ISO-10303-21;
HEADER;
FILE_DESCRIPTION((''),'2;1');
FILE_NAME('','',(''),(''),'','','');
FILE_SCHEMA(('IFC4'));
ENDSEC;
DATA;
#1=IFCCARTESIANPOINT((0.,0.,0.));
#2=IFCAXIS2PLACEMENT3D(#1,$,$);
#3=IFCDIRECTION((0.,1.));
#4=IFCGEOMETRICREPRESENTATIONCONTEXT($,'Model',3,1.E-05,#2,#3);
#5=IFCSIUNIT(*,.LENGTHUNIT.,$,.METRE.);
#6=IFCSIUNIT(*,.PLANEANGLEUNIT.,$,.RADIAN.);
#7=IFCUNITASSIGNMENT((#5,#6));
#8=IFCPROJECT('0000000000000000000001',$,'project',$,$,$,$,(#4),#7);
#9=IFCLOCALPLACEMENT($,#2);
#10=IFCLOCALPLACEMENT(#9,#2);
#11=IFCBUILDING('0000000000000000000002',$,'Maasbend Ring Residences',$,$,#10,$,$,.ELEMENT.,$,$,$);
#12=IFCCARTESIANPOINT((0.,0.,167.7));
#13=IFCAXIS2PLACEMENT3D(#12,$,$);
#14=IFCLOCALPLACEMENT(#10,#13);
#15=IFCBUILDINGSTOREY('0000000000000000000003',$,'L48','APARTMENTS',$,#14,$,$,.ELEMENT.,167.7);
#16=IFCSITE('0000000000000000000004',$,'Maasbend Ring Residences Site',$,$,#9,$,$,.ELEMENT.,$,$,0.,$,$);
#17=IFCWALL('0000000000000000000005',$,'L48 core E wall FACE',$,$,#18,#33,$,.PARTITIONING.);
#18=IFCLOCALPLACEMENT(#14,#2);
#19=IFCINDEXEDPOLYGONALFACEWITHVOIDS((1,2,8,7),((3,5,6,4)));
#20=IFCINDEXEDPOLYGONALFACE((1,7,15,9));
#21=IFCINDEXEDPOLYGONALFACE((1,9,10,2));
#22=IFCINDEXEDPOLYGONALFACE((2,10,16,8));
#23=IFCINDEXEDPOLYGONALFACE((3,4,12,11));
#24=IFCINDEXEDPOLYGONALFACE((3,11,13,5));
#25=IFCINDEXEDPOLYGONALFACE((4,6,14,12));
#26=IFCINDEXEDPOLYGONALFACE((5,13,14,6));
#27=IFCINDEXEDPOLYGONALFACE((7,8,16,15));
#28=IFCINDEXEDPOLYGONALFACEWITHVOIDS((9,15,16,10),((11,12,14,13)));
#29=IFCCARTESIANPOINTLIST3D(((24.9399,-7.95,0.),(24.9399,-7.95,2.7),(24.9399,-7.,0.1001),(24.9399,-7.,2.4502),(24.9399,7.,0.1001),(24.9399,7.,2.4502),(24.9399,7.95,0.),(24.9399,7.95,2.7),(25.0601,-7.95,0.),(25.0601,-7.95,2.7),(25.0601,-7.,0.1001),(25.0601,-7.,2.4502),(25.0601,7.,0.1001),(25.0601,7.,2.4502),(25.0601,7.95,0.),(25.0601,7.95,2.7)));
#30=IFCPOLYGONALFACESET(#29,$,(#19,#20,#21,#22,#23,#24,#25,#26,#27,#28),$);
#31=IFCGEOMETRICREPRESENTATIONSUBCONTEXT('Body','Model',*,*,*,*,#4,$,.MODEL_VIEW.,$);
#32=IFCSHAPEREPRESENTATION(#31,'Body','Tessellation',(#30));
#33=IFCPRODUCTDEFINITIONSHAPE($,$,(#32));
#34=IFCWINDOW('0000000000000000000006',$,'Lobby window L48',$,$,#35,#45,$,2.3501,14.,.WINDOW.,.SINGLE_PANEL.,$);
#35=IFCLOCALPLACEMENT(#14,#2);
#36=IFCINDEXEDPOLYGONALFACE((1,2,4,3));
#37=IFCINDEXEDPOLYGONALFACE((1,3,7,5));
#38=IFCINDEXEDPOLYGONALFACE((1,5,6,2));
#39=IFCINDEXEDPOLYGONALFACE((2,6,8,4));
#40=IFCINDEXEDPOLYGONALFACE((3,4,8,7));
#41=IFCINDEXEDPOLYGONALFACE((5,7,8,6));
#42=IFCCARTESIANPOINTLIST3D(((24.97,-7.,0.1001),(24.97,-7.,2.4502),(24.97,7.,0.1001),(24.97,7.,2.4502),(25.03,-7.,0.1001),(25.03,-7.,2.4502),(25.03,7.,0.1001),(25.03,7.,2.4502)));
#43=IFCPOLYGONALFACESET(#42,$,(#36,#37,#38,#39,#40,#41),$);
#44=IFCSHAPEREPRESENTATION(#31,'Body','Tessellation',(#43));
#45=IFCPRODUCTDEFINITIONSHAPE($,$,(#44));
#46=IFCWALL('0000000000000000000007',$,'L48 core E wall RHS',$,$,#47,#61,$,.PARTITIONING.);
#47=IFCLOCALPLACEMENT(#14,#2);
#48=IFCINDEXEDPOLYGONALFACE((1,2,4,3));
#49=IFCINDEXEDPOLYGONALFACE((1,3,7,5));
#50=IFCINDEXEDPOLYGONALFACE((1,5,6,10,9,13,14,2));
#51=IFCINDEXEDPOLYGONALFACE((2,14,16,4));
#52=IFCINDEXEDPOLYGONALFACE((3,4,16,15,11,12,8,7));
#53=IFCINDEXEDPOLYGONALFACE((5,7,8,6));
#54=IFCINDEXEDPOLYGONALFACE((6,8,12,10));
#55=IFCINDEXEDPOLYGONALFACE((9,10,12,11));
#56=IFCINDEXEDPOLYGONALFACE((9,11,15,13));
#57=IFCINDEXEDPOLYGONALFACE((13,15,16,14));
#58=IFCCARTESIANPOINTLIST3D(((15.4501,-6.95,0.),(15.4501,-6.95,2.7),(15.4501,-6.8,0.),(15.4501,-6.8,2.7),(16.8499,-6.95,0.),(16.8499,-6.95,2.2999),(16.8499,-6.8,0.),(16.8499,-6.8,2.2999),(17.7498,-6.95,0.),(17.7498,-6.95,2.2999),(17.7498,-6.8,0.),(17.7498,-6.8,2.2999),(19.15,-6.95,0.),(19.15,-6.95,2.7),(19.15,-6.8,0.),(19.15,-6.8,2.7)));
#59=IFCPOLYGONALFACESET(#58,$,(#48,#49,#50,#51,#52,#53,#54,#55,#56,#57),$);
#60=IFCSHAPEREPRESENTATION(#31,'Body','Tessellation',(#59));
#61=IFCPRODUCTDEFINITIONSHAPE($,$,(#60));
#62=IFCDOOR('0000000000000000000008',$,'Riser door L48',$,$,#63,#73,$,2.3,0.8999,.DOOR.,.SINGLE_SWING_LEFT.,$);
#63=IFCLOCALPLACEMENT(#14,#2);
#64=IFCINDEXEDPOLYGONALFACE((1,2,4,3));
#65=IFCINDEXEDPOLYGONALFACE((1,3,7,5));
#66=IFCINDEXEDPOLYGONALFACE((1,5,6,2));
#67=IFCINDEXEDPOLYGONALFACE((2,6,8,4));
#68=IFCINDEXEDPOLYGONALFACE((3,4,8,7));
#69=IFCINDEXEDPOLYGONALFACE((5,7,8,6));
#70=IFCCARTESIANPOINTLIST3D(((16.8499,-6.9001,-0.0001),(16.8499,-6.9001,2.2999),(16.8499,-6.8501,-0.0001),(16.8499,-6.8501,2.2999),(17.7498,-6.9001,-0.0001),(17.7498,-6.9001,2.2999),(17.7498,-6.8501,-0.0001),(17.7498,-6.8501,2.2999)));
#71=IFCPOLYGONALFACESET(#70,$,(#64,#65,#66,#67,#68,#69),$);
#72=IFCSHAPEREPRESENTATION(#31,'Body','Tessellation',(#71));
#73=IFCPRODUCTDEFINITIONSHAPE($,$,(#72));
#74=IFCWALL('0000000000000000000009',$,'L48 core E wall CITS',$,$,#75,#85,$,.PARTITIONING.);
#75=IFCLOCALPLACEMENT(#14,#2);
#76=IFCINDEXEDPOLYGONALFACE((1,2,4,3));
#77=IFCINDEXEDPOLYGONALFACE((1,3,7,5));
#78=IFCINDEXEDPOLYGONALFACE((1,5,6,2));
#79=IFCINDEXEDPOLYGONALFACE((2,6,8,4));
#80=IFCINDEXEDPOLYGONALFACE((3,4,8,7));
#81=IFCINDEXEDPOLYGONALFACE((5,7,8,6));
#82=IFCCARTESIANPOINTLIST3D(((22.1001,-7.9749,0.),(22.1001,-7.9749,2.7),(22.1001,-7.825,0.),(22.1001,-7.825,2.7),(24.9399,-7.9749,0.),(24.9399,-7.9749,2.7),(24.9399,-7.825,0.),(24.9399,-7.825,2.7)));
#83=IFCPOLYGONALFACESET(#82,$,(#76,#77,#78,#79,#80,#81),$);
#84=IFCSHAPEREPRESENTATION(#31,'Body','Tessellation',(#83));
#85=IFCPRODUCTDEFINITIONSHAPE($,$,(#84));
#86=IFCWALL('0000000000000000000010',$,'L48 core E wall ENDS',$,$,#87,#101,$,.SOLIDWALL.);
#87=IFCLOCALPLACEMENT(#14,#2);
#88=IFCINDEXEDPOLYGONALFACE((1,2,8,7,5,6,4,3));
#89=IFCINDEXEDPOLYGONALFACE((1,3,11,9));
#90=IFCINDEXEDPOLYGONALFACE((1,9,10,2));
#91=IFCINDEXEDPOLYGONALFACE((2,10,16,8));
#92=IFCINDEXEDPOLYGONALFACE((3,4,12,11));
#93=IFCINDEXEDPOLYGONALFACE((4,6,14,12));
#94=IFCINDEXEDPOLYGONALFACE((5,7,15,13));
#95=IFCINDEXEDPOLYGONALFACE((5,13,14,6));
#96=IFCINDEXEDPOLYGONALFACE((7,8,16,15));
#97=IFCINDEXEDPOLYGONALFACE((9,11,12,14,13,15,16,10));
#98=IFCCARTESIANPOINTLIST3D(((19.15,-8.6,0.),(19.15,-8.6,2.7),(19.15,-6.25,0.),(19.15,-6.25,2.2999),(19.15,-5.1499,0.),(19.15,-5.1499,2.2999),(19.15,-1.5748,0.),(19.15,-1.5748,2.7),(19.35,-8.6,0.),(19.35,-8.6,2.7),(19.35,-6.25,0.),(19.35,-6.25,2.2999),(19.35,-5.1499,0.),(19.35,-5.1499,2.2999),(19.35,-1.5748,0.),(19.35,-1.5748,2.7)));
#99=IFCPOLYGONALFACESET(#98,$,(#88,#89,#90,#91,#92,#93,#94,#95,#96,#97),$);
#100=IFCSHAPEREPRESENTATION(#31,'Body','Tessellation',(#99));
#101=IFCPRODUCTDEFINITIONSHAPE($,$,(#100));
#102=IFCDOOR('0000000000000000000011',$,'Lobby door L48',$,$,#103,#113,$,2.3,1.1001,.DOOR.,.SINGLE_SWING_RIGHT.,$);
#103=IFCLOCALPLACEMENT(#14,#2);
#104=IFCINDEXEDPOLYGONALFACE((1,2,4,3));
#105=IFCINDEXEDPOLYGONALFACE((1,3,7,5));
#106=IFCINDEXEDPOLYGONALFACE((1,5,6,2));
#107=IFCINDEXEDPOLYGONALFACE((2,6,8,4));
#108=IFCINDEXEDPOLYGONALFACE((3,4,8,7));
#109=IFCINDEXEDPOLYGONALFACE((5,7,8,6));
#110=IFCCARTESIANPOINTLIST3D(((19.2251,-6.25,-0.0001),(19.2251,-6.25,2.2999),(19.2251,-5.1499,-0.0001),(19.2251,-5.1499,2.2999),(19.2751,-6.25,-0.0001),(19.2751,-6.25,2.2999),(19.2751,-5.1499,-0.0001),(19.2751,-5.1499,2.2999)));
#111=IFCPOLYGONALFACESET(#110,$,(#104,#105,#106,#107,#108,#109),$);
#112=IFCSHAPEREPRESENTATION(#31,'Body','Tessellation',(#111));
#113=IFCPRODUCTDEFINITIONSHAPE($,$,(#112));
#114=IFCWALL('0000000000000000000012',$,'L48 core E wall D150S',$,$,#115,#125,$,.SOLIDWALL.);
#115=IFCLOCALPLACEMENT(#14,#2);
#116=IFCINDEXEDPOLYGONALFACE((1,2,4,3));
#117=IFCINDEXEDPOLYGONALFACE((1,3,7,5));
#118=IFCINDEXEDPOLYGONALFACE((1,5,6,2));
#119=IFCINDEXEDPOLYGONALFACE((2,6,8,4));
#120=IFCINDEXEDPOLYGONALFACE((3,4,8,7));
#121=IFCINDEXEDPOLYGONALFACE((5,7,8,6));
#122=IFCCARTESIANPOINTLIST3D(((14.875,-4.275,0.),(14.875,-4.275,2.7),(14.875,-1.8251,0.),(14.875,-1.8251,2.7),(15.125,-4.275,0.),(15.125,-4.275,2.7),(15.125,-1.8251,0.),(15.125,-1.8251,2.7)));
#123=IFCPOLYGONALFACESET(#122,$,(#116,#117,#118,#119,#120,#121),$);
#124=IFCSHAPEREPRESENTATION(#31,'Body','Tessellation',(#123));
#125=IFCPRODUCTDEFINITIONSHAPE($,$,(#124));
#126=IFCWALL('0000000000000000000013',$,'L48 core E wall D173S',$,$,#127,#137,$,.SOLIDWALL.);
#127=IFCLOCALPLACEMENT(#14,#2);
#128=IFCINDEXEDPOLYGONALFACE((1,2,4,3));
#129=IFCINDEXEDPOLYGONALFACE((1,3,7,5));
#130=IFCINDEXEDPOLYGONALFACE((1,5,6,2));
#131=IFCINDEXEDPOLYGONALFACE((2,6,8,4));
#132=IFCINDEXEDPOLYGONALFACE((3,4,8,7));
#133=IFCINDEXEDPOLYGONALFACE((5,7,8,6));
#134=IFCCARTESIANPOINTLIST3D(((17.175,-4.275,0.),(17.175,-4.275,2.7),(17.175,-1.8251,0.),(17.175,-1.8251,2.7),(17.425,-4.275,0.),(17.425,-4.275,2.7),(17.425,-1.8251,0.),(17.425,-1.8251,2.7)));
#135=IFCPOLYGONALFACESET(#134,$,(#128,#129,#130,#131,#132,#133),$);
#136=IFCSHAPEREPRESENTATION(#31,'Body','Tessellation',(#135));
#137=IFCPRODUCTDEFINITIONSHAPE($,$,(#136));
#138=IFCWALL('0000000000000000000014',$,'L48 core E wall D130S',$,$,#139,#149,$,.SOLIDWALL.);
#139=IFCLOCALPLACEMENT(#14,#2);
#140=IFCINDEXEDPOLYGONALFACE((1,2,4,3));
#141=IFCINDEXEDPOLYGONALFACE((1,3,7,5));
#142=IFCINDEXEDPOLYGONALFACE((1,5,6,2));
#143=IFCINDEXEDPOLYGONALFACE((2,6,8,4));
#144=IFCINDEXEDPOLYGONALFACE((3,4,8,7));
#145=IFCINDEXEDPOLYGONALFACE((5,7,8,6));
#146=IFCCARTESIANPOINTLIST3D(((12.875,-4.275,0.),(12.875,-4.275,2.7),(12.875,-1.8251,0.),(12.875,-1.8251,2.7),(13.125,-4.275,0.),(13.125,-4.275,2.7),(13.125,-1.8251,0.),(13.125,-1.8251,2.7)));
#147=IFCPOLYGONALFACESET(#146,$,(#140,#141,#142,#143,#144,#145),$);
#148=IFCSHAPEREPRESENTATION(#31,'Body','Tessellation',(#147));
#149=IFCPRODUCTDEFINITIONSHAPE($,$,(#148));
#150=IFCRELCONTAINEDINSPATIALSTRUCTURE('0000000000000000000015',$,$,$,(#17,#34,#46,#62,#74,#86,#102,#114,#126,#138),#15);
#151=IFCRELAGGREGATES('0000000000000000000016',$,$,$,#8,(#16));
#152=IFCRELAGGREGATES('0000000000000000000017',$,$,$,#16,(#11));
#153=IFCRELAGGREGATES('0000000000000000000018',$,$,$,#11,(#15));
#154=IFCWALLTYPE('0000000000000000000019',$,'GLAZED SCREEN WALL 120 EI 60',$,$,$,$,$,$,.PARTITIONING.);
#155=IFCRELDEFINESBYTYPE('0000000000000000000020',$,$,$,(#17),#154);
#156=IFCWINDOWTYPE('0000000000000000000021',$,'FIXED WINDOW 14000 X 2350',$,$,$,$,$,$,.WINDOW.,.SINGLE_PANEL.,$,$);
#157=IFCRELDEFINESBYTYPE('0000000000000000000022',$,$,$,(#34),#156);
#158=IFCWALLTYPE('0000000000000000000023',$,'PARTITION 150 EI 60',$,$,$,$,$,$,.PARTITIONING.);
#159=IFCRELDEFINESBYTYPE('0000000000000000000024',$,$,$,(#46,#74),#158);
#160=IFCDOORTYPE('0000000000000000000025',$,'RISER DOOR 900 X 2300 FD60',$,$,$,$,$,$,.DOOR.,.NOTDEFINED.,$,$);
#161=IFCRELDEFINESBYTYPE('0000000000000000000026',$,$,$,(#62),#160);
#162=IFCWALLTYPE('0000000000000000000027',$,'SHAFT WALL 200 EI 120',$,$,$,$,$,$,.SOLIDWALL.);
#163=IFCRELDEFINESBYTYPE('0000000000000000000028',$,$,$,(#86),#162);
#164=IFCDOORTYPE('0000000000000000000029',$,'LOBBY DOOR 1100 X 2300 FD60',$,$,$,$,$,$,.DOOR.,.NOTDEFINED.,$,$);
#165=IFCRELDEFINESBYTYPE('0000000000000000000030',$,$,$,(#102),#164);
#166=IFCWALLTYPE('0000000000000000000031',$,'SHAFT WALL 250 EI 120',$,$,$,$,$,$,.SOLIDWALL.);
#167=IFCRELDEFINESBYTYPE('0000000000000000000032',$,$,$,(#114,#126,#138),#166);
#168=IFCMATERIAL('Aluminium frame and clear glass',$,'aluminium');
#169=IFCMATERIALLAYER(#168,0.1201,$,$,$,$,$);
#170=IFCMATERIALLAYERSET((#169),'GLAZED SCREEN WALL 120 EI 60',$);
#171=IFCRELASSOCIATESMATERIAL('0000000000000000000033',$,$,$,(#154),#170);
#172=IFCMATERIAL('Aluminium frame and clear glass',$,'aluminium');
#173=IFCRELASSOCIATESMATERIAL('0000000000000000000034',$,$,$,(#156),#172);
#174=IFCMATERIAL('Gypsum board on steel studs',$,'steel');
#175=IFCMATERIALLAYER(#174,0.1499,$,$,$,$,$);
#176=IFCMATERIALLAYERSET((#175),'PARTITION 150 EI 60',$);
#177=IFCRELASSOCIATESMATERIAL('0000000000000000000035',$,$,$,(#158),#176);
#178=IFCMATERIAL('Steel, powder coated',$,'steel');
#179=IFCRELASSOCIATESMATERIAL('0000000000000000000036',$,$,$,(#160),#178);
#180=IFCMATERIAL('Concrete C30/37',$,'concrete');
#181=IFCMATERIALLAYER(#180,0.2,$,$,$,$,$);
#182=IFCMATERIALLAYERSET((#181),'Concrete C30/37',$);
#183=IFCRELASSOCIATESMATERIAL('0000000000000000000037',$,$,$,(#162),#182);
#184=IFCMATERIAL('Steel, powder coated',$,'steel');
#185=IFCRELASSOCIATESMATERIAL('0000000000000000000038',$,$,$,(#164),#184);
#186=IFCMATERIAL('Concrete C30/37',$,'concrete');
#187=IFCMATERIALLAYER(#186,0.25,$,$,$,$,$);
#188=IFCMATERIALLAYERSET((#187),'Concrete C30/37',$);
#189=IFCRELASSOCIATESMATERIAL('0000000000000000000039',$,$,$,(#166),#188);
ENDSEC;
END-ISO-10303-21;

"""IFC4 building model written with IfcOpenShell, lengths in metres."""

from ifc_helpers import new_model, si_unit, direction, frame, frame_2d, origin, place, context, subcontext, project, spatial, rectangle, extrude, material, layer, layer_set, type_object, element, fill, save


model = new_model("IFC4")

# Units and contexts
model_context = context("Model", 3, precision=1e-05, world=origin(), true_north=direction((0.0, 1.0)))
body_context = subcontext(model_context, "Body", "Model", "MODEL_VIEW")
ifc_project = project(units=[si_unit("LENGTHUNIT", "METRE"), si_unit("PLANEANGLEUNIT", "RADIAN")], contexts=[model_context])

# Site, building, storey
site_placement = place(None, origin())
site = spatial("IfcSite", under=ifc_project, at=site_placement, Name="Maasbend Ring Residences Site", CompositionType="ELEMENT", RefElevation=0.0)
building_placement = place(site_placement, origin())
building = spatial("IfcBuilding", under=site, at=building_placement, Name="Maasbend Ring Residences", CompositionType="ELEMENT")
storey_placement = place(building_placement, frame((0.0, 0.0, 167.7)))
storey = spatial("IfcBuildingStorey", under=building, at=storey_placement, Name="L48", Description="APARTMENTS", CompositionType="ELEMENT", Elevation=167.7)

# Wall, opening, window
ifc_material_1 = material(Name="Aluminium frame and clear glass", Category="aluminium")
ifc_layer_1 = layer(ifc_material_1, 0.1201)
ifc_layer_set_1 = layer_set([ifc_layer_1], Name="GLAZED SCREEN WALL 120 EI 60")
wall_type_1 = type_object("IfcWallType", Name="GLAZED SCREEN WALL 120 EI 60", PredefinedType="PARTITIONING", material=ifc_layer_set_1)
wall_1_placement = place(storey_placement, frame((25.0, -7.95, 0.0), z_axis=(0.0, 0.0, 1.0), x_axis=(0.0, 1.0, 0.0)))
wall_1 = element("IfcWall", 1, at=wall_1_placement, inside=storey, type_object=wall_type_1, Name="L48 core E wall FACE", PredefinedType="PARTITIONING", context=body_context, shape_type="SweptSolid", body=[
    extrude(rectangle(XDim=15.8999, YDim=0.1201, at=frame_2d((7.95, 0.0))), origin(), (0.0, 0.0, 1.0), 2.7),
])
opening_1_placement = place(wall_1_placement, frame((0.95, 0.0, 0.1001)))
opening_1 = element("IfcOpeningElement", 2, at=opening_1_placement, cuts=wall_1, PredefinedType="OPENING", context=body_context, shape_type="SweptSolid", body=[
    extrude(rectangle(XDim=14.0, YDim=2.3501, at=frame_2d((7.0, 1.175))), frame((0.0, 0.0701, 0.0), z_axis=(0.0, -1.0, 0.0), x_axis=(1.0, 0.0, 0.0)), (0.0, 0.0, 1.0), 0.1401),
])
ifc_material_2 = material(Name="Aluminium frame and clear glass", Category="aluminium")
window_type = type_object("IfcWindowType", Name="FIXED WINDOW 14000 X 2350", PartitioningType="SINGLE_PANEL", PredefinedType="WINDOW", material=ifc_material_2)
window_placement = place(opening_1_placement, origin())
window = element("IfcWindow", 3, at=window_placement, inside=storey, type_object=window_type, Name="Lobby window L48", OverallHeight=2.3501, OverallWidth=14.0, PartitioningType="SINGLE_PANEL", PredefinedType="WINDOW", context=body_context, shape_type="SweptSolid", body=[
    extrude(rectangle(XDim=14.0, YDim=2.3501, at=frame_2d((7.0, 1.175))), frame((0.0, 0.03, 0.0), z_axis=(0.0, -1.0, 0.0), x_axis=(1.0, 0.0, 0.0)), (0.0, 0.0, 1.0), 0.0601),
])
fill(opening_1, window)

# Wall, opening, door
ifc_material_3 = material(Name="Gypsum board on steel studs", Category="steel")
ifc_layer_2 = layer(ifc_material_3, 0.1499)
ifc_layer_set_2 = layer_set([ifc_layer_2], Name="PARTITION 150 EI 60")
wall_type_2 = type_object("IfcWallType", Name="PARTITION 150 EI 60", PredefinedType="PARTITIONING", material=ifc_layer_set_2)
wall_2_placement = place(storey_placement, frame((15.45, -6.875, 0.0), z_axis=(0.0, 0.0, 1.0), x_axis=(1.0, 0.0, 0.0)))
wall_2 = element("IfcWall", 4, at=wall_2_placement, inside=storey, type_object=wall_type_2, Name="L48 core E wall RHS", PredefinedType="PARTITIONING", context=body_context, shape_type="SweptSolid", body=[
    extrude(rectangle(XDim=3.7, YDim=0.1499, at=frame_2d((1.8501, 0.0))), origin(), (0.0, 0.0, 1.0), 2.7),
])
opening_2_placement = place(wall_2_placement, frame((1.3999, 0.0, 0.0)))
opening_2 = element("IfcOpeningElement", 5, at=opening_2_placement, cuts=wall_2, PredefinedType="OPENING", context=body_context, shape_type="SweptSolid", body=[
    extrude(rectangle(XDim=0.8999, YDim=2.3, at=frame_2d((0.45, 1.1499))), frame((0.0, 0.085, 0.0), z_axis=(0.0, -1.0, 0.0), x_axis=(1.0, 0.0, 0.0)), (0.0, 0.0, 1.0), 0.1699),
])
ifc_material_4 = material(Name="Steel, powder coated", Category="steel")
door_type_1 = type_object("IfcDoorType", Name="RISER DOOR 900 X 2300 FD60", OperationType="NOTDEFINED", PredefinedType="DOOR", material=ifc_material_4)
door_1_placement = place(opening_2_placement, origin())
door_1 = element("IfcDoor", 6, at=door_1_placement, inside=storey, type_object=door_type_1, Name="Riser door L48", OperationType="SINGLE_SWING_LEFT", OverallHeight=2.3, OverallWidth=0.8999, PredefinedType="DOOR", context=body_context, shape_type="SweptSolid", body=[
    extrude(rectangle(XDim=0.8999, YDim=2.3, at=frame_2d((0.45, 1.1499))), frame((0.0, 0.0249, 0.0), z_axis=(0.0, -1.0, 0.0), x_axis=(1.0, 0.0, 0.0)), (0.0, 0.0, 1.0), 0.05),
])
fill(opening_2, door_1)

# Wall
wall_3_placement = place(storey_placement, frame((22.1001, -7.8999, 0.0), z_axis=(0.0, 0.0, 1.0), x_axis=(1.0, 0.0, 0.0)))
element("IfcWall", 7, at=wall_3_placement, inside=storey, type_object=wall_type_2, Name="L48 core E wall CITS", PredefinedType="PARTITIONING", context=body_context, shape_type="SweptSolid", body=[
    extrude(rectangle(XDim=2.8398, YDim=0.1499, at=frame_2d((1.4199, 0.0))), origin(), (0.0, 0.0, 1.0), 2.7),
])

# Wall, opening, door
ifc_material_5 = material(Name="Concrete C30/37", Category="concrete")
ifc_layer_3 = layer(ifc_material_5, 0.2)
ifc_layer_set_3 = layer_set([ifc_layer_3], Name="Concrete C30/37")
wall_type_3 = type_object("IfcWallType", Name="SHAFT WALL 200 EI 120", PredefinedType="SOLIDWALL", material=ifc_layer_set_3)
wall_4_placement = place(storey_placement, frame((19.25, -8.6001, 0.0), z_axis=(0.0, 0.0, 1.0), x_axis=(0.0, 1.0, 0.0)))
wall_4 = element("IfcWall", 8, at=wall_4_placement, inside=storey, type_object=wall_type_3, Name="L48 core E wall ENDS", PredefinedType="SOLIDWALL", context=body_context, shape_type="SweptSolid", body=[
    extrude(rectangle(XDim=7.0251, YDim=0.2, at=frame_2d((3.5127, 0.0))), origin(), (0.0, 0.0, 1.0), 2.7),
])
opening_3_placement = place(wall_4_placement, frame((2.3501, 0.0, 0.0)))
opening_3 = element("IfcOpeningElement", 9, at=opening_3_placement, cuts=wall_4, PredefinedType="OPENING", context=body_context, shape_type="SweptSolid", body=[
    extrude(rectangle(XDim=1.1001, YDim=2.3, at=frame_2d((0.55, 1.1499))), frame((0.0, 0.1099, 0.0), z_axis=(0.0, -1.0, 0.0), x_axis=(1.0, 0.0, 0.0)), (0.0, 0.0, 1.0), 0.22),
])
ifc_material_6 = material(Name="Steel, powder coated", Category="steel")
door_type_2 = type_object("IfcDoorType", Name="LOBBY DOOR 1100 X 2300 FD60", OperationType="NOTDEFINED", PredefinedType="DOOR", material=ifc_material_6)
door_2_placement = place(opening_3_placement, origin())
door_2 = element("IfcDoor", 10, at=door_2_placement, inside=storey, type_object=door_type_2, Name="Lobby door L48", OperationType="SINGLE_SWING_RIGHT", OverallHeight=2.3, OverallWidth=1.1001, PredefinedType="DOOR", context=body_context, shape_type="SweptSolid", body=[
    extrude(rectangle(XDim=1.1001, YDim=2.3, at=frame_2d((0.55, 1.1499))), frame((0.0, 0.0249, 0.0), z_axis=(0.0, -1.0, 0.0), x_axis=(1.0, 0.0, 0.0)), (0.0, 0.0, 1.0), 0.05),
])
fill(opening_3, door_2)

# Walls
ifc_material_7 = material(Name="Concrete C30/37", Category="concrete")
ifc_layer_4 = layer(ifc_material_7, 0.25)
ifc_layer_set_4 = layer_set([ifc_layer_4], Name="Concrete C30/37")
wall_type_4 = type_object("IfcWallType", Name="SHAFT WALL 250 EI 120", PredefinedType="SOLIDWALL", material=ifc_layer_set_4)
for number, where, z_axis, x_axis, name in (
    (11, (15.0, -1.825, 0.0), (0.0, 0.0, 1.0), (0.0, -1.0, 0.0), "L48 core E wall D150S"),
    (12, (17.3, -1.825, 0.0), (0.0, 0.0, 1.0), (0.0, -1.0, 0.0), "L48 core E wall D173S"),
    (13, (13.0, -1.825, 0.0), (0.0, 0.0, 1.0), (0.0, -1.0, 0.0), "L48 core E wall D130S"),
):
    element("IfcWall", number, at=place(storey_placement, frame(where, z_axis=z_axis, x_axis=x_axis)), inside=storey, type_object=wall_type_4, Name=name, PredefinedType="SOLIDWALL", context=body_context, shape_type="SweptSolid", body=[
        extrude(rectangle(XDim=2.45, YDim=0.25, at=frame_2d((1.2251, 0.0))), origin(), (0.0, 0.0, 1.0), 2.7),
    ])

save(model, "model.ifc")
